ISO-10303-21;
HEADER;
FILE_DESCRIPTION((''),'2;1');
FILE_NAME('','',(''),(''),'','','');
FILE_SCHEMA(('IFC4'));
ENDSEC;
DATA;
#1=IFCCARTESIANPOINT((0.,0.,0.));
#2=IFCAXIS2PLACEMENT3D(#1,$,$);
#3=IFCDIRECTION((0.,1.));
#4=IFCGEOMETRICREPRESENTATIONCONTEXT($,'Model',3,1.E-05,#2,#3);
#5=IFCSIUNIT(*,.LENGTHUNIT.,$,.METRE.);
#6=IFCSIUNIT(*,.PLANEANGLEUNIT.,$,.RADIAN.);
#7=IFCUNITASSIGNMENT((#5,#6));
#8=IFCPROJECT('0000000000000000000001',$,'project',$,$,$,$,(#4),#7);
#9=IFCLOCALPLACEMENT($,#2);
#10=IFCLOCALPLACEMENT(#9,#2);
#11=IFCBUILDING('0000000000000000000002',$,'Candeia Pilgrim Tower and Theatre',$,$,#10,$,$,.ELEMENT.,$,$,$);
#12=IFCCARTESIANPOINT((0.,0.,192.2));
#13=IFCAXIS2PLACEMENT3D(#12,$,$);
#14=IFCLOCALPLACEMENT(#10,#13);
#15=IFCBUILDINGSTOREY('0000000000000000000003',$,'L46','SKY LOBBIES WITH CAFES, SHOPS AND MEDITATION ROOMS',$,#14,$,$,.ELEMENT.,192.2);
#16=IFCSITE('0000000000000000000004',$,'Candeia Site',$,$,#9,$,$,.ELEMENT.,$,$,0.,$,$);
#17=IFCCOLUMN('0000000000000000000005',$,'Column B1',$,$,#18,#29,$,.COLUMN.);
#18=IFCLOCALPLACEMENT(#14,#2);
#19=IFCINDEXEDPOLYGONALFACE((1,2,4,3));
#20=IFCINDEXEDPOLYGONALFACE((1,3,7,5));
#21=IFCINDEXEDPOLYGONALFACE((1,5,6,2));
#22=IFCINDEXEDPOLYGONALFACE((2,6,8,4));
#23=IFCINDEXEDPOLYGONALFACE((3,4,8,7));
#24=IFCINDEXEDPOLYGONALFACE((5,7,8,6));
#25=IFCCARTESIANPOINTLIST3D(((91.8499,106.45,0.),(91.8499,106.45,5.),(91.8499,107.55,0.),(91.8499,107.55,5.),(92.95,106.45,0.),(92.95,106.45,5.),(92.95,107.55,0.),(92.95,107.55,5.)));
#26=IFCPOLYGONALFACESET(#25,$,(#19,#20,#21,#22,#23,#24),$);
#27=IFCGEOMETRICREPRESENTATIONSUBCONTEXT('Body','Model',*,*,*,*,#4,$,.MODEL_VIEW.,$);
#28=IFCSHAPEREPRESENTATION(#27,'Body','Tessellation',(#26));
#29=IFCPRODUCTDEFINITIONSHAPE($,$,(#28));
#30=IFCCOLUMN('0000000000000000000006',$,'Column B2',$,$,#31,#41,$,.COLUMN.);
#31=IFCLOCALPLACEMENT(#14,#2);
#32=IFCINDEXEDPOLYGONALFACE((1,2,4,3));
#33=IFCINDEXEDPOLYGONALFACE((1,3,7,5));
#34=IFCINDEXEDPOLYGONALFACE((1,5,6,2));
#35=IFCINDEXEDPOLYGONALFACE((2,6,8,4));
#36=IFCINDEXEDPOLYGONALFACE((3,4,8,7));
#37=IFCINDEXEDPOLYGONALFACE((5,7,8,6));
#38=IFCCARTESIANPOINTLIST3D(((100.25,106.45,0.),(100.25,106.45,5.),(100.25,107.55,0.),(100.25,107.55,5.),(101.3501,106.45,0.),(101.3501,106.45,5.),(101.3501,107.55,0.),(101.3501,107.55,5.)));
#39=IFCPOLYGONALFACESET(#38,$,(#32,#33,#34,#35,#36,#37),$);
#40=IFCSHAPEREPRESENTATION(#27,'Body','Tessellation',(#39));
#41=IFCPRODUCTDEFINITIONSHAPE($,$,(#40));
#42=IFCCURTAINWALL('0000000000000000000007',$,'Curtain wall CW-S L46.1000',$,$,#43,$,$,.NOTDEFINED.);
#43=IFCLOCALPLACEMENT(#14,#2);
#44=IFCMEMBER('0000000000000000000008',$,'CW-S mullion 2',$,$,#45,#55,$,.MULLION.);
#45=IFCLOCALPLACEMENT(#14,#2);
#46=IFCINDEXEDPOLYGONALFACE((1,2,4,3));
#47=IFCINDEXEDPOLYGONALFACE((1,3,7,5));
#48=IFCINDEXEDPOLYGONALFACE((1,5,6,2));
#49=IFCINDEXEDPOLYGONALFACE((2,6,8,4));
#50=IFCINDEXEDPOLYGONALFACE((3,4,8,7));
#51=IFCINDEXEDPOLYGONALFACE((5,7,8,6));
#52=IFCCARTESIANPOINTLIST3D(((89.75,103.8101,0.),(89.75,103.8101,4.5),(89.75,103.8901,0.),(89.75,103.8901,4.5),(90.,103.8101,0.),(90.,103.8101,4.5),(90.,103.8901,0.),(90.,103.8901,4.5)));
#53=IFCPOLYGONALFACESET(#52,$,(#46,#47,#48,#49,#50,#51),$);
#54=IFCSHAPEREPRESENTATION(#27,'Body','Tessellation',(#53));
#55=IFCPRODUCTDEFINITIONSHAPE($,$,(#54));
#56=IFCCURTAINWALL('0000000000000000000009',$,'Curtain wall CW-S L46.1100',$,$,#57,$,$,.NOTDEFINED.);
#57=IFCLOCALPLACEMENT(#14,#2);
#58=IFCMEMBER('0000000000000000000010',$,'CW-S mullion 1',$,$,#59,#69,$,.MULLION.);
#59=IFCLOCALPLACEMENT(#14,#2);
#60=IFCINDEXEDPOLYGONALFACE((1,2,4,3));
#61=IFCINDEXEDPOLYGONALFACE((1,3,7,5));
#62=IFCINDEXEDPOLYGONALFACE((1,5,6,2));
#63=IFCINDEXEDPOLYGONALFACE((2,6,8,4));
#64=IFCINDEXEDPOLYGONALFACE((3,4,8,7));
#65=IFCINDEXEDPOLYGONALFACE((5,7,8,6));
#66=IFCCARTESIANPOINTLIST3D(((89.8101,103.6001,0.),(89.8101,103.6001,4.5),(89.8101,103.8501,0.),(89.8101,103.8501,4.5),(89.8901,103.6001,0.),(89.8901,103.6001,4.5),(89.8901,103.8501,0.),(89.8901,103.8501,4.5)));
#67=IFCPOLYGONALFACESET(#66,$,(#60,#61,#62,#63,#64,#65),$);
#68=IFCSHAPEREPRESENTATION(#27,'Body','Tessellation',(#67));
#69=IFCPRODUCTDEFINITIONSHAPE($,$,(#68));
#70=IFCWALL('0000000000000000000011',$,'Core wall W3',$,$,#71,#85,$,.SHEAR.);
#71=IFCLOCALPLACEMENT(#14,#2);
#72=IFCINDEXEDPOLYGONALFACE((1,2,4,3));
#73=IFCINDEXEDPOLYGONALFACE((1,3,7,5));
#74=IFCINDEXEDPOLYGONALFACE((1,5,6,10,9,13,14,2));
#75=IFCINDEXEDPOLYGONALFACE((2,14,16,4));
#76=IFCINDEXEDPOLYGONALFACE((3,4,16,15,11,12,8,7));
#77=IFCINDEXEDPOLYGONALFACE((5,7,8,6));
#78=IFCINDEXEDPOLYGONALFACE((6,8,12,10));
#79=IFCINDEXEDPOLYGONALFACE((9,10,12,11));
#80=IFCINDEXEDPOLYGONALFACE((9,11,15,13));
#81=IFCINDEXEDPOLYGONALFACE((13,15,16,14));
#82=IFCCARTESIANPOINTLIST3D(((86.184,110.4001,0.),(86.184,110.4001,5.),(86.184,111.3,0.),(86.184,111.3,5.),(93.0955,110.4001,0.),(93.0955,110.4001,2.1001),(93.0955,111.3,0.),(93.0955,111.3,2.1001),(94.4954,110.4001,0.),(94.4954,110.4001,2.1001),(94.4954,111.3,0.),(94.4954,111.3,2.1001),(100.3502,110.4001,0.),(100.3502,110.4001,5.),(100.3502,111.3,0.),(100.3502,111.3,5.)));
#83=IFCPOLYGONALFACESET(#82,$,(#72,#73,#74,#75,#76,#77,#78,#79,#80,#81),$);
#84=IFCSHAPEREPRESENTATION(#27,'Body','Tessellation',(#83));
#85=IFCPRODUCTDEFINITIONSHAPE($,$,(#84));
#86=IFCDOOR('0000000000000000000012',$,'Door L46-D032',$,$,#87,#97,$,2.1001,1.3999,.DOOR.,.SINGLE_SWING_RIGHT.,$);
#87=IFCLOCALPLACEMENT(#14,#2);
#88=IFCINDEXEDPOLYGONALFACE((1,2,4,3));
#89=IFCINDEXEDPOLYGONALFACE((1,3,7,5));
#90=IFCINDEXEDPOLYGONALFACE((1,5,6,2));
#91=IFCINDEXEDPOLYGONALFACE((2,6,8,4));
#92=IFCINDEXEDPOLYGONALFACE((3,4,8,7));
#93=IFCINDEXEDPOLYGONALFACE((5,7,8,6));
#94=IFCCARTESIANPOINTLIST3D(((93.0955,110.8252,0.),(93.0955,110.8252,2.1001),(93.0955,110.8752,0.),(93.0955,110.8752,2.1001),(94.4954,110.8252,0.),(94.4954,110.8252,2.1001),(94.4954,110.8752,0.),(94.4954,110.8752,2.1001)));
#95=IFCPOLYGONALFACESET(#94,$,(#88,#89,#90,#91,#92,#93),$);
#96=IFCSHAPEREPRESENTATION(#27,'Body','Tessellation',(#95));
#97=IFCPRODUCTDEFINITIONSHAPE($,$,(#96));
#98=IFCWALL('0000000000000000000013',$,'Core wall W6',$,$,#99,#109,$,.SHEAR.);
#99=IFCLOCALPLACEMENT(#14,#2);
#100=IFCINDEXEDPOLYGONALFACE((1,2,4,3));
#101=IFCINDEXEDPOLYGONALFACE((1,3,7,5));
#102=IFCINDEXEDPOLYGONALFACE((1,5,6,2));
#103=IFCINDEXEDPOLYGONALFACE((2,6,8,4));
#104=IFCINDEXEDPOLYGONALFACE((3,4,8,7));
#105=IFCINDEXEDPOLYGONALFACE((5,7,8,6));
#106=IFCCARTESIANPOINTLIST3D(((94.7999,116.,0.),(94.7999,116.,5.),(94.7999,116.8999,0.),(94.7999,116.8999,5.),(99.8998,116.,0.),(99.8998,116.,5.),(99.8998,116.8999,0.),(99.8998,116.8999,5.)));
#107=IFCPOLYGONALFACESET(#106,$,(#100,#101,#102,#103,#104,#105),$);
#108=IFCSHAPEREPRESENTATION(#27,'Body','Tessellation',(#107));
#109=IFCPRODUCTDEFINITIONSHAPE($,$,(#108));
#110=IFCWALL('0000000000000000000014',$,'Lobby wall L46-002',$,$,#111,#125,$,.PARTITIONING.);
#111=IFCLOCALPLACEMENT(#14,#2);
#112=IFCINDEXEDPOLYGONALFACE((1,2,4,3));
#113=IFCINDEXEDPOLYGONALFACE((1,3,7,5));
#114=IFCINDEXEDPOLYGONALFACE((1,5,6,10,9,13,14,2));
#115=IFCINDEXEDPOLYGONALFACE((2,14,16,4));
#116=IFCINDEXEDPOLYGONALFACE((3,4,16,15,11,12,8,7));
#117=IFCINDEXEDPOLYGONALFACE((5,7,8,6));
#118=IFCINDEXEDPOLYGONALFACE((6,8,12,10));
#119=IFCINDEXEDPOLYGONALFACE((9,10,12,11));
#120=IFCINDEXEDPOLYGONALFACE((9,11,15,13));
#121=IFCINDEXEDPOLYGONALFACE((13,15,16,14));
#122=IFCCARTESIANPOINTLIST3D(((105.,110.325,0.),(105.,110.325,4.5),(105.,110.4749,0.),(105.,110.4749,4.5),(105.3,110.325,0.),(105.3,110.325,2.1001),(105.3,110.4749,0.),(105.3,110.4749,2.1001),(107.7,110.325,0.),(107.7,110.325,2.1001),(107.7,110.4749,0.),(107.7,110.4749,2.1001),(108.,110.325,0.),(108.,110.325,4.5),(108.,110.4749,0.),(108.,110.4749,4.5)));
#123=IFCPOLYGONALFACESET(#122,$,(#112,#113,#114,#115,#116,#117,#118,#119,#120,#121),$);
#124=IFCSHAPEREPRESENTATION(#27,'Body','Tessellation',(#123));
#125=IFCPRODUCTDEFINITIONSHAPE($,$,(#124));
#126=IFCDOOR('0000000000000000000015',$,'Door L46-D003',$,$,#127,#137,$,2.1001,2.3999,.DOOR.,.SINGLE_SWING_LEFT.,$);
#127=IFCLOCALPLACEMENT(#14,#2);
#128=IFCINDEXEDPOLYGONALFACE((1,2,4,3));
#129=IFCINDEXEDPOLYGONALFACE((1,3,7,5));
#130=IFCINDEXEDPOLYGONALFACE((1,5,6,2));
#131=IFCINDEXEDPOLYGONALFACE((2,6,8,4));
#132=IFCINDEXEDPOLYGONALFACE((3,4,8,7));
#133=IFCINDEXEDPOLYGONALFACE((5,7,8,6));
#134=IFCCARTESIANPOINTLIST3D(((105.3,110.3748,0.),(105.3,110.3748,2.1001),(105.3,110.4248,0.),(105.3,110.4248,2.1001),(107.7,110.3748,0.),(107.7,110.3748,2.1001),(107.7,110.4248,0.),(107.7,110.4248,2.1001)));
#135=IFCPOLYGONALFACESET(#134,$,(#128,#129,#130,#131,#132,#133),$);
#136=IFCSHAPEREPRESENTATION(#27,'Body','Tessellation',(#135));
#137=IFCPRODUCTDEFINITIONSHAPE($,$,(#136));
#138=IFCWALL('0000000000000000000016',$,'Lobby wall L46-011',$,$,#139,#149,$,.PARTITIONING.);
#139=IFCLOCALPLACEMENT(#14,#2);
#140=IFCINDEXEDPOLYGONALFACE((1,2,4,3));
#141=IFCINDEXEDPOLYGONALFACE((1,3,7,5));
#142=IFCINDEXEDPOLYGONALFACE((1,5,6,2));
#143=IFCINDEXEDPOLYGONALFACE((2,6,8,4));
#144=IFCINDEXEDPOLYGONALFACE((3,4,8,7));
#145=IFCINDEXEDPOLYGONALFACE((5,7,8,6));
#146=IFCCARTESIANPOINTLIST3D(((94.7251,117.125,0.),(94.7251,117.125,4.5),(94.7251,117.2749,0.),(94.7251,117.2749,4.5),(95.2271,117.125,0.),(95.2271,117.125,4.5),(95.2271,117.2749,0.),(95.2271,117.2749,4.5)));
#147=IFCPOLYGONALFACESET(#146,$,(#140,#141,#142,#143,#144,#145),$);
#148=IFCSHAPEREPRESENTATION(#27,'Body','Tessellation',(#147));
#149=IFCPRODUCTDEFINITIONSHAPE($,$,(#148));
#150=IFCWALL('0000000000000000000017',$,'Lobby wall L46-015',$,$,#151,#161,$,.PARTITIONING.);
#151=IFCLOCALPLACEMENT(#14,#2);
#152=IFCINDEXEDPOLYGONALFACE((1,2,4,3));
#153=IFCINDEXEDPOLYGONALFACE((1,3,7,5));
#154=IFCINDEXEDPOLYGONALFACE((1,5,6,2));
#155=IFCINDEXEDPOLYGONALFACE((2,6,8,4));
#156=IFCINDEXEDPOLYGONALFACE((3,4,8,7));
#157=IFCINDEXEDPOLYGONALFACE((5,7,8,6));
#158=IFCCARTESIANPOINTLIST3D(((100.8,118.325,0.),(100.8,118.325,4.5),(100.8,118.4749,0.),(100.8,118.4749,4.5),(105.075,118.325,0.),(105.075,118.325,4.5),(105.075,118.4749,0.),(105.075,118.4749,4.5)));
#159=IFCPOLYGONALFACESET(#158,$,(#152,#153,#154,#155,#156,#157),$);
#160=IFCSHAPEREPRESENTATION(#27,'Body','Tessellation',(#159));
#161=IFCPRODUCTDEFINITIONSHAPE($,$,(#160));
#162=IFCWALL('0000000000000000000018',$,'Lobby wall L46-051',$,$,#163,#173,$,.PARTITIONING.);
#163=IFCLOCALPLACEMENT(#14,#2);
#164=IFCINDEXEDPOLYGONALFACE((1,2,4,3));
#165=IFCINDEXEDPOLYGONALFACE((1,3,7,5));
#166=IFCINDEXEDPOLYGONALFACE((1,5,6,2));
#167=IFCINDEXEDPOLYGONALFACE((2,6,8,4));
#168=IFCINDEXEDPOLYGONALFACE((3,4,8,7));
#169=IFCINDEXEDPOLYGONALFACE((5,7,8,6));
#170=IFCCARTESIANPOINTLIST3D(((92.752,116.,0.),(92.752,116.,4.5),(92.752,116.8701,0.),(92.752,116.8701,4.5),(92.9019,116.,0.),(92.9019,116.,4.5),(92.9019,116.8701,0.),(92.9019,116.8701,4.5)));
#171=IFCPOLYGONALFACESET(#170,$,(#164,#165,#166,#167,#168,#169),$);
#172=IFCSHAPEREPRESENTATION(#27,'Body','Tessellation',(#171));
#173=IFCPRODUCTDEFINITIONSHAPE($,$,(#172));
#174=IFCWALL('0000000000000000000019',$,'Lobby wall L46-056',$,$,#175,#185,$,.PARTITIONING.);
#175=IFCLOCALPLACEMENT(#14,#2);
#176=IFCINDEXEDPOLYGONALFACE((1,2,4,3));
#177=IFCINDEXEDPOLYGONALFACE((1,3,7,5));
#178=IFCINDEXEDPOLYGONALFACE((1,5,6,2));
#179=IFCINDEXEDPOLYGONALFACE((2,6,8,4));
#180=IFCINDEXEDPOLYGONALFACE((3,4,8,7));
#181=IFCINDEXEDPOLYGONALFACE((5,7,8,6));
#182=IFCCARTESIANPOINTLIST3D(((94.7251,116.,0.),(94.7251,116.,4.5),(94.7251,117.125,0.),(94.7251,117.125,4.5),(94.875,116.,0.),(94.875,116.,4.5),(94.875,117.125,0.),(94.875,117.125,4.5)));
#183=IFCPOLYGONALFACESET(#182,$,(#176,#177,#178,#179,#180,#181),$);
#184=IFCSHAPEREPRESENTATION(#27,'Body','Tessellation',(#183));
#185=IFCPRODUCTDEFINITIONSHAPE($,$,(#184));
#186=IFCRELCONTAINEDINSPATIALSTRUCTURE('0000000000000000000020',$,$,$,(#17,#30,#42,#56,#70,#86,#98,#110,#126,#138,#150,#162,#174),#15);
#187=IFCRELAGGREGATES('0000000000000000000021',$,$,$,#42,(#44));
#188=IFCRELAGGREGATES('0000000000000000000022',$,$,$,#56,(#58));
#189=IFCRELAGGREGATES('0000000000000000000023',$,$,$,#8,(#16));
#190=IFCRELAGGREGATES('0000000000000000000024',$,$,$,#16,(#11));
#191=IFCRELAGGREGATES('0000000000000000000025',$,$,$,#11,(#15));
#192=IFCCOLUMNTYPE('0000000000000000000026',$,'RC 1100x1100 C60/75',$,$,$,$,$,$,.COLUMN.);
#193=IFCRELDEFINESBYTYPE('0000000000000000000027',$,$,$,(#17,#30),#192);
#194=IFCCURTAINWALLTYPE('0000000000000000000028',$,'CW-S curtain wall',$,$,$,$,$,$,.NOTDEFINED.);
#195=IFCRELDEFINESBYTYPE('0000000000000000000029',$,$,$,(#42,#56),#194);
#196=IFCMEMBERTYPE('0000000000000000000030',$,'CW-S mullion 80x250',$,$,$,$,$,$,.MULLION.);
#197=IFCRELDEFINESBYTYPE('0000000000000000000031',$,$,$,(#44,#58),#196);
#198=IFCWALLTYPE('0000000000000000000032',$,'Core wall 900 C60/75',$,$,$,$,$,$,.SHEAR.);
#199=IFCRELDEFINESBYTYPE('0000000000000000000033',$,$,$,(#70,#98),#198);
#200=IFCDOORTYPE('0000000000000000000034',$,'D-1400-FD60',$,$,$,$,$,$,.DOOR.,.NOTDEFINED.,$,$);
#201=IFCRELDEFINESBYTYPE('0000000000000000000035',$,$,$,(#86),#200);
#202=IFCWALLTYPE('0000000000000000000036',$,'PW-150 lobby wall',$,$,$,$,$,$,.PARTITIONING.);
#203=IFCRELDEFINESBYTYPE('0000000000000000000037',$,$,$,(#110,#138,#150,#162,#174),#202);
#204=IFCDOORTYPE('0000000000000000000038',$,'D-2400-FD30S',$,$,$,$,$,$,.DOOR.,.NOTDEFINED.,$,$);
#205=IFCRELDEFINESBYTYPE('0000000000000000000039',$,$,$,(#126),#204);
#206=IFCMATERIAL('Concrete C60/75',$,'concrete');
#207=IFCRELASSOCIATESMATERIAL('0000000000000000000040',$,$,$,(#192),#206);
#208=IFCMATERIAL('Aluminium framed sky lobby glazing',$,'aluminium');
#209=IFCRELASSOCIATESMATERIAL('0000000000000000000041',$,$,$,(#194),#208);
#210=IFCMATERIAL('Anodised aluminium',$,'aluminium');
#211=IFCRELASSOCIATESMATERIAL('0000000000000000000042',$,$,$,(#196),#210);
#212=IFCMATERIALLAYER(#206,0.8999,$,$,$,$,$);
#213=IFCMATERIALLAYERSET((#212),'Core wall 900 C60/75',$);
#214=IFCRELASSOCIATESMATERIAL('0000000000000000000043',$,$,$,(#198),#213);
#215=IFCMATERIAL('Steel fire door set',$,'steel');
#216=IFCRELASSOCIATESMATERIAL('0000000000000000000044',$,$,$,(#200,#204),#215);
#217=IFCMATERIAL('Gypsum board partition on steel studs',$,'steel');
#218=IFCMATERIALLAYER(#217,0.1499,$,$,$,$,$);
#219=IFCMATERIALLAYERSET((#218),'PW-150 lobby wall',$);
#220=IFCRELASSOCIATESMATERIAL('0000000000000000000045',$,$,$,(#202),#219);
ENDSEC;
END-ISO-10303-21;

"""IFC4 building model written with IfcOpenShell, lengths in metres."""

from ifc_helpers import new_model, si_unit, direction, frame, frame_2d, origin, origin_2d, place, context, subcontext, project, spatial, rectangle, extrude, material, layer, layer_set, material_profile, profile_set, type_object, element, fill, aggregate, save


model = new_model("IFC4")

# Units and contexts
model_context = context("Model", 3, precision=1e-05, world=origin(), true_north=direction((0.0, 1.0)))
body_context = subcontext(model_context, "Body", "Model", "MODEL_VIEW")
ifc_project = project(units=[si_unit("LENGTHUNIT", "METRE"), si_unit("PLANEANGLEUNIT", "RADIAN")], contexts=[model_context])

# Site, building, storey
site_placement = place(None, origin())
site = spatial("IfcSite", under=ifc_project, at=site_placement, Name="Candeia Site", CompositionType="ELEMENT", RefElevation=0.0)
building_placement = place(site_placement, origin())
building = spatial("IfcBuilding", under=site, at=building_placement, Name="Candeia Pilgrim Tower and Theatre", CompositionType="ELEMENT")
storey_placement = place(building_placement, frame((0.0, 0.0, 192.2)))
storey = spatial("IfcBuildingStorey", under=building, at=storey_placement, Name="L46", Description="SKY LOBBIES WITH CAFES, SHOPS AND MEDITATION ROOMS", CompositionType="ELEMENT", Elevation=192.2)

# Columns
ifc_material_1 = material(Name="Concrete C60/75", Category="concrete")
ifc_material_profile_1 = material_profile(ifc_material_1, rectangle(XDim=1.1001, YDim=1.1001, at=origin_2d()))
ifc_profile_set_1 = profile_set([ifc_material_profile_1], Name="Concrete C60/75")
column_type = type_object("IfcColumnType", Name="RC 1100x1100 C60/75", PredefinedType="COLUMN", material=ifc_profile_set_1)
for number, where, z_axis, x_axis, name in (
    (1, (92.3999, 107.0, 0.0), (0.0, 0.0, 1.0), (1.0, 0.0, 0.0), "Column B1"),
    (2, (100.8, 107.0, 0.0), (0.0, 0.0, 1.0), (1.0, 0.0, 0.0), "Column B2"),
):
    element("IfcColumn", number, at=place(storey_placement, frame(where, z_axis=z_axis, x_axis=x_axis)), inside=storey, type_object=column_type, Name=name, PredefinedType="COLUMN", context=body_context, shape_type="SweptSolid", body=[
        extrude(rectangle(XDim=1.1001, YDim=1.1001, at=origin_2d()), origin(), (0.0, 0.0, 1.0), 5.0),
    ])

# Curtain walls, members
ifc_material_2 = material(Name="Aluminium framed sky lobby glazing", Category="aluminium")
curtain_wall_type = type_object("IfcCurtainWallType", Name="CW-S curtain wall", PredefinedType="NOTDEFINED", material=ifc_material_2)
curtain_wall_1_placement = place(storey_placement, origin())
curtain_wall_1 = element("IfcCurtainWall", 3, at=curtain_wall_1_placement, inside=storey, type_object=curtain_wall_type, Name="Curtain wall CW-S L46.1000", PredefinedType="NOTDEFINED")
ifc_material_3 = material(Name="Anodised aluminium", Category="aluminium")
ifc_material_profile_2 = material_profile(ifc_material_3, rectangle(XDim=0.0801, YDim=0.25, at=origin_2d()))
ifc_profile_set_2 = profile_set([ifc_material_profile_2], Name="Anodised aluminium")
member_type = type_object("IfcMemberType", Name="CW-S mullion 80x250", PredefinedType="MULLION", material=ifc_profile_set_2)
member_1_placement = place(storey_placement, frame((89.875, 103.8501, 0.0), z_axis=(0.0, 0.0, 1.0), x_axis=(0.0, 1.0, 0.0)))
member_1 = element("IfcMember", 4, at=member_1_placement, type_object=member_type, Name="CW-S mullion 2", PredefinedType="MULLION", context=body_context, shape_type="SweptSolid", body=[
    extrude(rectangle(XDim=0.0801, YDim=0.25, at=origin_2d()), origin(), (0.0, 0.0, 1.0), 4.5),
])
aggregate(curtain_wall_1, [member_1])
curtain_wall_2_placement = place(storey_placement, origin())
curtain_wall_2 = element("IfcCurtainWall", 5, at=curtain_wall_2_placement, inside=storey, type_object=curtain_wall_type, Name="Curtain wall CW-S L46.1100", PredefinedType="NOTDEFINED")
member_2_placement = place(storey_placement, frame((89.8501, 103.7251, 0.0), z_axis=(0.0, 0.0, 1.0), x_axis=(1.0, 0.0, 0.0)))
member_2 = element("IfcMember", 6, at=member_2_placement, type_object=member_type, Name="CW-S mullion 1", PredefinedType="MULLION", context=body_context, shape_type="SweptSolid", body=[
    extrude(rectangle(XDim=0.0801, YDim=0.25, at=origin_2d()), origin(), (0.0, 0.0, 1.0), 4.5),
])
aggregate(curtain_wall_2, [member_2])

# Wall, opening, door
ifc_layer_1 = layer(ifc_material_1, 0.8999)
ifc_layer_set_1 = layer_set([ifc_layer_1], Name="Core wall 900 C60/75")
wall_type_1 = type_object("IfcWallType", Name="Core wall 900 C60/75", PredefinedType="SHEAR", material=ifc_layer_set_1)
wall_1_placement = place(storey_placement, frame((100.3501, 110.8501, 0.0), z_axis=(0.0, 0.0, 1.0), x_axis=(-1.0, 0.0, 0.0)))
wall_1 = element("IfcWall", 7, at=wall_1_placement, inside=storey, type_object=wall_type_1, Name="Core wall W3", PredefinedType="SHEAR", context=body_context, shape_type="SweptSolid", body=[
    extrude(rectangle(XDim=14.1663, YDim=0.8999, at=frame_2d((7.083, 0.0))), origin(), (0.0, 0.0, 1.0), 5.0),
])
opening_1_placement = place(wall_1_placement, frame((5.8547, 0.0, 0.0)))
opening_1 = element("IfcOpeningElement", 8, at=opening_1_placement, cuts=wall_1, PredefinedType="OPENING", context=body_context, shape_type="SweptSolid", body=[
    extrude(rectangle(XDim=1.3999, YDim=2.1001, at=frame_2d((0.7, 1.05))), frame((0.0, 0.46, 0.0), z_axis=(0.0, -1.0, 0.0), x_axis=(1.0, 0.0, 0.0)), (0.0, 0.0, 1.0), 0.9199),
])
ifc_material_4 = material(Name="Steel fire door set", Category="steel")
door_type_1 = type_object("IfcDoorType", Name="D-1400-FD60", OperationType="NOTDEFINED", PredefinedType="DOOR", material=ifc_material_4)
door_1_placement = place(opening_1_placement, origin())
door_1 = element("IfcDoor", 9, at=door_1_placement, inside=storey, type_object=door_type_1, Name="Door L46-D032", OperationType="SINGLE_SWING_RIGHT", OverallHeight=2.1001, OverallWidth=1.3999, PredefinedType="DOOR", context=body_context, shape_type="SweptSolid", body=[
    extrude(rectangle(XDim=1.3999, YDim=2.1001, at=frame_2d((0.7, 1.05))), frame((0.0, 0.0249, 0.0), z_axis=(0.0, -1.0, 0.0), x_axis=(1.0, 0.0, 0.0)), (0.0, 0.0, 1.0), 0.05),
])
fill(opening_1, door_1)

# Wall
wall_2_placement = place(storey_placement, frame((94.8, 116.45, 0.0), z_axis=(0.0, 0.0, 1.0), x_axis=(1.0, 0.0, 0.0)))
element("IfcWall", 10, at=wall_2_placement, inside=storey, type_object=wall_type_1, Name="Core wall W6", PredefinedType="SHEAR", context=body_context, shape_type="SweptSolid", body=[
    extrude(rectangle(XDim=5.0999, YDim=0.8999, at=frame_2d((2.5498, 0.0))), origin(), (0.0, 0.0, 1.0), 5.0),
])

# Wall, opening, door
ifc_material_5 = material(Name="Gypsum board partition on steel studs", Category="steel")
ifc_layer_2 = layer(ifc_material_5, 0.1499)
ifc_layer_set_2 = layer_set([ifc_layer_2], Name="PW-150 lobby wall")
wall_type_2 = type_object("IfcWallType", Name="PW-150 lobby wall", PredefinedType="PARTITIONING", material=ifc_layer_set_2)
wall_3_placement = place(storey_placement, frame((105.0, 110.3999, 0.0), z_axis=(0.0, 0.0, 1.0), x_axis=(1.0, 0.0, 0.0)))
wall_3 = element("IfcWall", 11, at=wall_3_placement, inside=storey, type_object=wall_type_2, Name="Lobby wall L46-002", PredefinedType="PARTITIONING", context=body_context, shape_type="SweptSolid", body=[
    extrude(rectangle(XDim=3.0, YDim=0.1499, at=frame_2d((1.5, 0.0))), origin(), (0.0, 0.0, 1.0), 4.5),
])
opening_2_placement = place(wall_3_placement, frame((0.3, 0.0, 0.0)))
opening_2 = element("IfcOpeningElement", 12, at=opening_2_placement, cuts=wall_3, PredefinedType="OPENING", context=body_context, shape_type="SweptSolid", body=[
    extrude(rectangle(XDim=2.3999, YDim=2.1001, at=frame_2d((1.2, 1.05))), frame((0.0, 0.085, 0.0), z_axis=(0.0, -1.0, 0.0), x_axis=(1.0, 0.0, 0.0)), (0.0, 0.0, 1.0), 0.1699),
])
door_type_2 = type_object("IfcDoorType", Name="D-2400-FD30S", OperationType="NOTDEFINED", PredefinedType="DOOR", material=ifc_material_4)
door_2_placement = place(opening_2_placement, origin())
door_2 = element("IfcDoor", 13, at=door_2_placement, inside=storey, type_object=door_type_2, Name="Door L46-D003", OperationType="SINGLE_SWING_LEFT", OverallHeight=2.1001, OverallWidth=2.3999, PredefinedType="DOOR", context=body_context, shape_type="SweptSolid", body=[
    extrude(rectangle(XDim=2.3999, YDim=2.1001, at=frame_2d((1.2, 1.05))), frame((0.0, 0.0249, 0.0), z_axis=(0.0, -1.0, 0.0), x_axis=(1.0, 0.0, 0.0)), (0.0, 0.0, 1.0), 0.05),
])
fill(opening_2, door_2)

# Walls
wall_4_placement = place(storey_placement, frame((94.7251, 117.2, 0.0), z_axis=(0.0, 0.0, 1.0), x_axis=(1.0, 0.0, 0.0)))
element("IfcWall", 14, at=wall_4_placement, inside=storey, type_object=wall_type_2, Name="Lobby wall L46-011", PredefinedType="PARTITIONING", context=body_context, shape_type="SweptSolid", body=[
    extrude(rectangle(XDim=0.502, YDim=0.1499, at=frame_2d((0.251, 0.0))), origin(), (0.0, 0.0, 1.0), 4.5),
])
wall_5_placement = place(storey_placement, frame((100.8, 118.3999, 0.0), z_axis=(0.0, 0.0, 1.0), x_axis=(1.0, 0.0, 0.0)))
element("IfcWall", 15, at=wall_5_placement, inside=storey, type_object=wall_type_2, Name="Lobby wall L46-015", PredefinedType="PARTITIONING", context=body_context, shape_type="SweptSolid", body=[
    extrude(rectangle(XDim=4.2749, YDim=0.1499, at=frame_2d((2.1375, 0.0))), origin(), (0.0, 0.0, 1.0), 4.5),
])
wall_6_placement = place(storey_placement, frame((92.8269, 116.0, 0.0), z_axis=(0.0, 0.0, 1.0), x_axis=(0.0, 1.0, 0.0)))
element("IfcWall", 16, at=wall_6_placement, inside=storey, type_object=wall_type_2, Name="Lobby wall L46-051", PredefinedType="PARTITIONING", context=body_context, shape_type="SweptSolid", body=[
    extrude(rectangle(XDim=0.8701, YDim=0.1499, at=frame_2d((0.4351, 0.0))), origin(), (0.0, 0.0, 1.0), 4.5),
])
wall_7_placement = place(storey_placement, frame((94.8, 116.0, 0.0), z_axis=(0.0, 0.0, 1.0), x_axis=(0.0, 1.0, 0.0)))
element("IfcWall", 17, at=wall_7_placement, inside=storey, type_object=wall_type_2, Name="Lobby wall L46-056", PredefinedType="PARTITIONING", context=body_context, shape_type="SweptSolid", body=[
    extrude(rectangle(XDim=1.125, YDim=0.1499, at=frame_2d((0.5625, 0.0))), origin(), (0.0, 0.0, 1.0), 4.5),
])

save(model, "model.ifc")
